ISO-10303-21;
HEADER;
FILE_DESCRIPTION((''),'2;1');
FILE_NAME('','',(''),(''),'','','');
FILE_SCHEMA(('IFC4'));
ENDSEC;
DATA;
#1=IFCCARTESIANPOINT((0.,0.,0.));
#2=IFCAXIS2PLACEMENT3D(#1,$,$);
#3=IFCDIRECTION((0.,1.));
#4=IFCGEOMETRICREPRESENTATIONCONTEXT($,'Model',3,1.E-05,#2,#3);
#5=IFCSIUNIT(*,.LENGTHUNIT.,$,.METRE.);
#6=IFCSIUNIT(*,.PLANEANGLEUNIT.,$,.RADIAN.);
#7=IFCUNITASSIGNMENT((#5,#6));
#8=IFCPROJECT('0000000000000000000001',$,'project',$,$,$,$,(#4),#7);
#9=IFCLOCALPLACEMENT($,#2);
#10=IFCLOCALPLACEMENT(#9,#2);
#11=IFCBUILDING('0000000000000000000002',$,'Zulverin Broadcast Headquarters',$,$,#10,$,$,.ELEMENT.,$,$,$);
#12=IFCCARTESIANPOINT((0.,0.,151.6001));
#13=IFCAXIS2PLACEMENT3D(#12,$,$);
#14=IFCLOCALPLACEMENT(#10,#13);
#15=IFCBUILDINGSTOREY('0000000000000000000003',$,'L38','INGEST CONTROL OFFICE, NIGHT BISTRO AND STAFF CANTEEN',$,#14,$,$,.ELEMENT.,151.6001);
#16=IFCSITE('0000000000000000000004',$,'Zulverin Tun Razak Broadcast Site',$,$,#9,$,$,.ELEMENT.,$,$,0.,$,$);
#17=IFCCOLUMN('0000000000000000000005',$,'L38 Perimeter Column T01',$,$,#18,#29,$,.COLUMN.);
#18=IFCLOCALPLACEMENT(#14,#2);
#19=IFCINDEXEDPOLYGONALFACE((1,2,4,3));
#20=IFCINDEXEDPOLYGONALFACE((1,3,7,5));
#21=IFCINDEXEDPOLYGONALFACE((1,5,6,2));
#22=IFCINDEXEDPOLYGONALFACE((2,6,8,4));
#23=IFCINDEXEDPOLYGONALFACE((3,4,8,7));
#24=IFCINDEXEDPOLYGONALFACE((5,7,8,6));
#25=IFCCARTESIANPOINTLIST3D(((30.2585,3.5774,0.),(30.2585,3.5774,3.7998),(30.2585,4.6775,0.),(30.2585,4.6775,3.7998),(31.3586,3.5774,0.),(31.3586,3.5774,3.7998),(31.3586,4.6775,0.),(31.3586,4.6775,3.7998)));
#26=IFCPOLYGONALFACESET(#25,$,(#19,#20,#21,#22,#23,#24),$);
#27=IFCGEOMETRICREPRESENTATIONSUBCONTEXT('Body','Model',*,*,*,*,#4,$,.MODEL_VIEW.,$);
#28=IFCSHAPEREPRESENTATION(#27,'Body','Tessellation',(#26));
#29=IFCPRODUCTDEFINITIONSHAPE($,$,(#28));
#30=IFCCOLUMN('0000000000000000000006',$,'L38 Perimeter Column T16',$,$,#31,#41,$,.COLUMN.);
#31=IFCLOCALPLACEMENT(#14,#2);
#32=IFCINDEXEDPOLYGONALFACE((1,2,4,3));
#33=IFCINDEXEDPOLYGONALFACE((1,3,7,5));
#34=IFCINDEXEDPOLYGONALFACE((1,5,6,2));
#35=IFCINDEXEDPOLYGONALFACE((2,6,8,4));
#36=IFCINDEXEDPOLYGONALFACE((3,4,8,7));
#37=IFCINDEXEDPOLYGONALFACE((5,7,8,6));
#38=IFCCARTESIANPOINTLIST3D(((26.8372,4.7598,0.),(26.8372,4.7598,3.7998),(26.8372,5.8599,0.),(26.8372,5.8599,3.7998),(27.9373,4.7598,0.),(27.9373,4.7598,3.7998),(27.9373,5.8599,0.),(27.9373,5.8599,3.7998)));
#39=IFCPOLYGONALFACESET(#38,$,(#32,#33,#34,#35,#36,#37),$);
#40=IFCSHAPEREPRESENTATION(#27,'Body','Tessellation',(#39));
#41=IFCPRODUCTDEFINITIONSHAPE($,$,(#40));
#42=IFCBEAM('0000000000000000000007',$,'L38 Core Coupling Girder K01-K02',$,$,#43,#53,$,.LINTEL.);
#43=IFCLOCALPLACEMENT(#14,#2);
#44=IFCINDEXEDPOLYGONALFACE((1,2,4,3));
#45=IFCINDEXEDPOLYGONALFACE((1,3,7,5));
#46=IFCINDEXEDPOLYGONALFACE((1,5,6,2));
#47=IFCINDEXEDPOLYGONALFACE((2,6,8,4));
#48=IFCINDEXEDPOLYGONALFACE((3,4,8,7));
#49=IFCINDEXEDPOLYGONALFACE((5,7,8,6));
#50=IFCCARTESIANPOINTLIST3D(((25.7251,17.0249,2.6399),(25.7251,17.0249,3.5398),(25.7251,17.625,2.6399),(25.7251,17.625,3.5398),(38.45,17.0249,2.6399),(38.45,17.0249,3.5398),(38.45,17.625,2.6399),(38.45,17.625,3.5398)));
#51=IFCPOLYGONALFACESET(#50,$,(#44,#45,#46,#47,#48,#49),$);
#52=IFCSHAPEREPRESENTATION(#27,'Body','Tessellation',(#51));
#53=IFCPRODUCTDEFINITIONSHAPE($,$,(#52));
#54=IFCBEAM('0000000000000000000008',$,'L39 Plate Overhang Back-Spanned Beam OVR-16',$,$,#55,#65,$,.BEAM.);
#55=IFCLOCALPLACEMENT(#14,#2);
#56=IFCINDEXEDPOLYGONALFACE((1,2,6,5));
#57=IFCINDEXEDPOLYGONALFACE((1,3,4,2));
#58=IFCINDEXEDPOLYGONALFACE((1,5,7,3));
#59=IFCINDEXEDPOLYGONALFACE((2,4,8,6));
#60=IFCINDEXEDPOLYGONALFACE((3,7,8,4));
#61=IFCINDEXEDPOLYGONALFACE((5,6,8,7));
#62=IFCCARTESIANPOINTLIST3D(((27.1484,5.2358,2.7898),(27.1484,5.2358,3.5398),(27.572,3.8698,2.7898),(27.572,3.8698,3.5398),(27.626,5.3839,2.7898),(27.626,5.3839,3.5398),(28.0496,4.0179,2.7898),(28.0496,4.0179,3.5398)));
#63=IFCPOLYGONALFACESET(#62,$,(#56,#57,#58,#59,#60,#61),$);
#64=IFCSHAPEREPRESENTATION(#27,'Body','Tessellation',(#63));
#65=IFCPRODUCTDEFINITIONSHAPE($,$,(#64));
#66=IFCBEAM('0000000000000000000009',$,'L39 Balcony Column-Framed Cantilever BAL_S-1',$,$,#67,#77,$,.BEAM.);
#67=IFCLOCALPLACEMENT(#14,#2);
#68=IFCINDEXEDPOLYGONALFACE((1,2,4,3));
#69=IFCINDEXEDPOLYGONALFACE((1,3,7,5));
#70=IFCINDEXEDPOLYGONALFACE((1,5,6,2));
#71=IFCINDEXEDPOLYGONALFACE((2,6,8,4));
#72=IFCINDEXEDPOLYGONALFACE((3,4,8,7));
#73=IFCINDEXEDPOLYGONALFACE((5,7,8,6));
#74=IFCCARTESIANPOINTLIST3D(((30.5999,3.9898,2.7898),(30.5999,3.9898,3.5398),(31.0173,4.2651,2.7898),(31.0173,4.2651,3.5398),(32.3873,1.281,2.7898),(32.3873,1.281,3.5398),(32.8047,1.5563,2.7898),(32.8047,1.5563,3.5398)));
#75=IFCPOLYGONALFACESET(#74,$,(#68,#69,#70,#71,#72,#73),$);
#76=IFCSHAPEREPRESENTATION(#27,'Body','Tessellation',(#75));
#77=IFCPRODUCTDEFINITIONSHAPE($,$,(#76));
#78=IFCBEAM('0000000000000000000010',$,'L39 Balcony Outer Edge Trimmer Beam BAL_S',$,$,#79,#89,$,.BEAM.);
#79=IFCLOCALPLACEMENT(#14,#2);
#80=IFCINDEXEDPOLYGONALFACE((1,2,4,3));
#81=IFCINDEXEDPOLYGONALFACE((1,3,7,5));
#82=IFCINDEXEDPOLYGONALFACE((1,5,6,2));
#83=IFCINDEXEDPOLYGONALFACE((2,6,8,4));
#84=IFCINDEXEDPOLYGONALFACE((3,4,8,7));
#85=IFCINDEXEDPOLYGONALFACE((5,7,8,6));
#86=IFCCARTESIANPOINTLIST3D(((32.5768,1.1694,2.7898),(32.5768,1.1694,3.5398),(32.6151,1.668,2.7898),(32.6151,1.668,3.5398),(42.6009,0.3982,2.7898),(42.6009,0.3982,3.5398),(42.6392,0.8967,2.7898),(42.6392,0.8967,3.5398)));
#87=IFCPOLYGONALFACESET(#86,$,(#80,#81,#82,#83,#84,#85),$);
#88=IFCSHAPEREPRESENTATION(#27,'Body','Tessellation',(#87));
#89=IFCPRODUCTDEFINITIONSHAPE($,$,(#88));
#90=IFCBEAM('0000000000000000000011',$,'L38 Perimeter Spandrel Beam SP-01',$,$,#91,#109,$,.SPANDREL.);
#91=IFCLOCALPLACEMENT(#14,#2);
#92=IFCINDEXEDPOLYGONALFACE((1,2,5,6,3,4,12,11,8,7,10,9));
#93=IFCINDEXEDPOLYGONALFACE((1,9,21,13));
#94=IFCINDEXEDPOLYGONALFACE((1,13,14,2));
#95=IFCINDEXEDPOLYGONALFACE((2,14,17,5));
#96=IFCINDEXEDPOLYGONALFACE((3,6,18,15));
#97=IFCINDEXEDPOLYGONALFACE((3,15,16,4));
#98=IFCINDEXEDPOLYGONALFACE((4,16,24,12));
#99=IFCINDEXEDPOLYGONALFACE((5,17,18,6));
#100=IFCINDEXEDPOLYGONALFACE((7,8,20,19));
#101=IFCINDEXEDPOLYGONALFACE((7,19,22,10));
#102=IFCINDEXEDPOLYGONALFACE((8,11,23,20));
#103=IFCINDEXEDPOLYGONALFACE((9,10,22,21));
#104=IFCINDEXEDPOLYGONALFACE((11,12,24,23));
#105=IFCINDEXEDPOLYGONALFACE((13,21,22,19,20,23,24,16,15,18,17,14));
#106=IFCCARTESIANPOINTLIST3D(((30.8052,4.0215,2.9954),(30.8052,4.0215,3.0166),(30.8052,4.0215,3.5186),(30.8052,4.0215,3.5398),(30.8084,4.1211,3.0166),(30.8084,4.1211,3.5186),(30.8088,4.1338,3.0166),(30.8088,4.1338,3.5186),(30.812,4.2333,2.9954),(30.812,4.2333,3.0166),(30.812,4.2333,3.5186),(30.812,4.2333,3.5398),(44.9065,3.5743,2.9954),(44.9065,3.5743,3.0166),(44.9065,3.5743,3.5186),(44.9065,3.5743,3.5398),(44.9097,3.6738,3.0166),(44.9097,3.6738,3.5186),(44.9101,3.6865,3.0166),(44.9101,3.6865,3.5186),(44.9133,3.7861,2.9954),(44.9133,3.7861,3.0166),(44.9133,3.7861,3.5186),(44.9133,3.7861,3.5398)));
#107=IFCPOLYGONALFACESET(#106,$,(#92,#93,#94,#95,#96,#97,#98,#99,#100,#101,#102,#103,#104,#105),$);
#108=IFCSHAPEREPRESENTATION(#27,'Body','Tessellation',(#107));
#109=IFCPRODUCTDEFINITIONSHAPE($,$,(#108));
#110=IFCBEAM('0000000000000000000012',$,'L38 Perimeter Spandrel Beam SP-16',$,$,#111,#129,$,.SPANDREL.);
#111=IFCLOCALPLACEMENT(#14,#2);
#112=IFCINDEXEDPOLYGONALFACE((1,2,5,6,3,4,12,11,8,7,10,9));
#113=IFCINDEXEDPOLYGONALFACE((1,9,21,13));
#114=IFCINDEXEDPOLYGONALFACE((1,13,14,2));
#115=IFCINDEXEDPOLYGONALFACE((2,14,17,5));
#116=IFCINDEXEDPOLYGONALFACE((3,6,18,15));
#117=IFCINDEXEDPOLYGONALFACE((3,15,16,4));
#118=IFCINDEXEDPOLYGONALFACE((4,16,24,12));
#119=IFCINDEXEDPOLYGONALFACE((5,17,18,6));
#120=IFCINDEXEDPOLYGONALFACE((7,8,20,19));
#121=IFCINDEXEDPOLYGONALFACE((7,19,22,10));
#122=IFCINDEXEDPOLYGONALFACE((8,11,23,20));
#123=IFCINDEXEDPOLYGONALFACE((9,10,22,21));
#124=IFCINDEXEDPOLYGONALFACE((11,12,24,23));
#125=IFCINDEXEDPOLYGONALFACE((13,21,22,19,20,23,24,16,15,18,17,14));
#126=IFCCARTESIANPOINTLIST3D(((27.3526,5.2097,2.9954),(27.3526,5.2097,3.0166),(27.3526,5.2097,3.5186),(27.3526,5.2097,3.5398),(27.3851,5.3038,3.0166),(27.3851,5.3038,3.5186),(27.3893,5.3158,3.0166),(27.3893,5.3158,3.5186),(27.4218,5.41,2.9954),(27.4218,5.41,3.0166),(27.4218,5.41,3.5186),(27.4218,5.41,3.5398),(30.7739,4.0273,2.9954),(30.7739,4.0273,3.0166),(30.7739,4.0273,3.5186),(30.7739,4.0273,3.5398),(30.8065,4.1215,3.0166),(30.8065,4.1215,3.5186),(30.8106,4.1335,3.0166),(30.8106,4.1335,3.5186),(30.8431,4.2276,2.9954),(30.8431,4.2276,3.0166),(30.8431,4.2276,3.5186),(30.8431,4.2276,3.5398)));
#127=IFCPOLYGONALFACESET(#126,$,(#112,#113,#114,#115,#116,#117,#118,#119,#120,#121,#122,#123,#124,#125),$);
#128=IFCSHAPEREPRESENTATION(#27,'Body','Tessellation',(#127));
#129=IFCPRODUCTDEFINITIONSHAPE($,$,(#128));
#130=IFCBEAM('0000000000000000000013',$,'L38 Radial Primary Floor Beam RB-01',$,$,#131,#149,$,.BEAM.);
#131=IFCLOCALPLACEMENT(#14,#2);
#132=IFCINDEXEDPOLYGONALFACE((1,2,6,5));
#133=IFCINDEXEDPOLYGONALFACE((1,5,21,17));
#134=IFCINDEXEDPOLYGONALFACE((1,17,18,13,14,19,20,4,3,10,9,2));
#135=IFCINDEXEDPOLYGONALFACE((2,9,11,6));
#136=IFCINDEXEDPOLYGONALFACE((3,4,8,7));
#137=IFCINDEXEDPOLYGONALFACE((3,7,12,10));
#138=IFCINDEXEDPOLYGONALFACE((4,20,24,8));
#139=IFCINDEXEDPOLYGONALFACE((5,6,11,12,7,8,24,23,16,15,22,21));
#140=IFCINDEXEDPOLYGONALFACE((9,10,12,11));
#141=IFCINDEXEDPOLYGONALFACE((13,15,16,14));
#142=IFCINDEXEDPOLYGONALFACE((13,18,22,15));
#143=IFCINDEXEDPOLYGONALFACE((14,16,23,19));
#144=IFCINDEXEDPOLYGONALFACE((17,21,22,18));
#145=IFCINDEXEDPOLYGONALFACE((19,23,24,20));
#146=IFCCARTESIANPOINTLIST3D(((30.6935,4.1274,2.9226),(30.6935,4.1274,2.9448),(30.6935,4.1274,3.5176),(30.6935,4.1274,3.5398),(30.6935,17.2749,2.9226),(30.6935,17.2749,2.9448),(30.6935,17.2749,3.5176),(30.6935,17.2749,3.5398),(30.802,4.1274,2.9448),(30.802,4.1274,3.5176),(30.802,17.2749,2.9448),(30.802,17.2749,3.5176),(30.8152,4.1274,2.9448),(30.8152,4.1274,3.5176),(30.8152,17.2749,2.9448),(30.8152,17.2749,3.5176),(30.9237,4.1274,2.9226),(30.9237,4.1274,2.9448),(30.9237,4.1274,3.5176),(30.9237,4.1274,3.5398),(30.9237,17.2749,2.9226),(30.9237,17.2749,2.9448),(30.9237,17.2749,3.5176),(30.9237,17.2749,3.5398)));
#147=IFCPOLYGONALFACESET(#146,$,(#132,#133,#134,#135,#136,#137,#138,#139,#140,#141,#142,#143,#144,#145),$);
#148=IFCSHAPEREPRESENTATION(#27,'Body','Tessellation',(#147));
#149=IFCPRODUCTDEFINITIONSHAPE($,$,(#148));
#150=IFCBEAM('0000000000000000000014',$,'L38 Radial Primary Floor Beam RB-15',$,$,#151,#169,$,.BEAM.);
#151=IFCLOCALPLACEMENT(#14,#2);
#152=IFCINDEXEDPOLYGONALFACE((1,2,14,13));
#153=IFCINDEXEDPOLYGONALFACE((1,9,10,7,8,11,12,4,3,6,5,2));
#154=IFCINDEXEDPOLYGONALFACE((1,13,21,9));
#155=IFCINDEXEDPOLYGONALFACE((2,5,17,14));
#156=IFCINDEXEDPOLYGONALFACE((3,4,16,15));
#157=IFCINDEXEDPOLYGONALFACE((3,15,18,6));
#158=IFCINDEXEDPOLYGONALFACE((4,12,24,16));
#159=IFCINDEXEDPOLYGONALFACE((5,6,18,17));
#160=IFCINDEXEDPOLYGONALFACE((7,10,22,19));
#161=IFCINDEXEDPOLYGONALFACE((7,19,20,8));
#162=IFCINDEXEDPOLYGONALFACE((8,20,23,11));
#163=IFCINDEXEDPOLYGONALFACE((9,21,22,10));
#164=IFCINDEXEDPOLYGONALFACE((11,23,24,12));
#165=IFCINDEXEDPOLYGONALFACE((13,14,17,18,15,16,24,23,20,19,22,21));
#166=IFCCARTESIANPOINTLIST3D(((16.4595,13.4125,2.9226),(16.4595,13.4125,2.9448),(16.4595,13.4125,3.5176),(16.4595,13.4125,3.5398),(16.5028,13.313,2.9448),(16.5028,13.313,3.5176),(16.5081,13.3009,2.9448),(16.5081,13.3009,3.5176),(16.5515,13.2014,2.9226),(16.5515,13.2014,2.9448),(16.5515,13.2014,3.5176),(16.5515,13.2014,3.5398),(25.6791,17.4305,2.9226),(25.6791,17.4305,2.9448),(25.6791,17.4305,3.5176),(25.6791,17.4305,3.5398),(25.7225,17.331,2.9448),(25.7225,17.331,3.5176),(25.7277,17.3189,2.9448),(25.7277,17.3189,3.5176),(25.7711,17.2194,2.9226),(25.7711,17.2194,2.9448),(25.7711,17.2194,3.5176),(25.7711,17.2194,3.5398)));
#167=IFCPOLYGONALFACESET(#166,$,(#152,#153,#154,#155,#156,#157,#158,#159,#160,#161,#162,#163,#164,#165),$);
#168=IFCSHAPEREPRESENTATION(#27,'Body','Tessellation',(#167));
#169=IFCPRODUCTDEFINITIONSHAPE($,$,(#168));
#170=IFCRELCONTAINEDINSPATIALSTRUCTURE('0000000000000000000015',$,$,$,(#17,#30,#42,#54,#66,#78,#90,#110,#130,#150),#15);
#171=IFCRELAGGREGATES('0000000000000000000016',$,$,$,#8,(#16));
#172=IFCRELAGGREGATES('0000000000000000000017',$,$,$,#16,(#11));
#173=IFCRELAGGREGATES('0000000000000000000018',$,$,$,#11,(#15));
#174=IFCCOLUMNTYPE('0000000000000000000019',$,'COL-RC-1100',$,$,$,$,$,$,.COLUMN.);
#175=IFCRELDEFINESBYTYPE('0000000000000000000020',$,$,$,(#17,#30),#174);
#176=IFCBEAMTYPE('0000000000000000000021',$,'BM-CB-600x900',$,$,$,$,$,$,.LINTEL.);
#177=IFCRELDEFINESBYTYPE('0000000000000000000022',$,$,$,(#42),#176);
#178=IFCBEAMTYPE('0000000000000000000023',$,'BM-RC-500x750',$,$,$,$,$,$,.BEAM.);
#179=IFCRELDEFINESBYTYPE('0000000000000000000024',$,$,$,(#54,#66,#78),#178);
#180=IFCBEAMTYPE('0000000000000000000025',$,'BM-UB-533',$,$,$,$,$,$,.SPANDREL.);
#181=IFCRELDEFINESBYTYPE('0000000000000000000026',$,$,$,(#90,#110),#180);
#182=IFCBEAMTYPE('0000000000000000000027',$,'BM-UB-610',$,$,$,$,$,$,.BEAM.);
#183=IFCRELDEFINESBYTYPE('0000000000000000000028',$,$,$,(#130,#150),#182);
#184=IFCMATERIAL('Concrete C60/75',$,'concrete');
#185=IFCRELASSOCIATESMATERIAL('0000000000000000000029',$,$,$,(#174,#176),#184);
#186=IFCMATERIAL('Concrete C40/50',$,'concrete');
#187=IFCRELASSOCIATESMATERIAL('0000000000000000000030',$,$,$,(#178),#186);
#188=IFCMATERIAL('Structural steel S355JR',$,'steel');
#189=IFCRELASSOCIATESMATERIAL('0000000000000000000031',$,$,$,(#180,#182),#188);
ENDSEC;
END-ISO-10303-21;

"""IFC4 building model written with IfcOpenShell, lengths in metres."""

from ifc_helpers import new_model, si_unit, direction, frame, origin, origin_2d, place, context, subcontext, project, spatial, rectangle, i_section, extrude, material, material_profile, profile_set, type_object, element, save


model = new_model("IFC4")

# Units and contexts
model_context = context("Model", 3, precision=1e-05, world=origin(), true_north=direction((0.0, 1.0)))
body_context = subcontext(model_context, "Body", "Model", "MODEL_VIEW")
ifc_project = project(units=[si_unit("LENGTHUNIT", "METRE"), si_unit("PLANEANGLEUNIT", "RADIAN")], contexts=[model_context])

# Site, building, storey
site_placement = place(None, origin())
site = spatial("IfcSite", under=ifc_project, at=site_placement, Name="Zulverin Tun Razak Broadcast Site", CompositionType="ELEMENT", RefElevation=0.0)
building_placement = place(site_placement, origin())
building = spatial("IfcBuilding", under=site, at=building_placement, Name="Zulverin Broadcast Headquarters", CompositionType="ELEMENT")
storey_placement = place(building_placement, frame((0.0, 0.0, 151.6001)))
storey = spatial("IfcBuildingStorey", under=building, at=storey_placement, Name="L38", Description="INGEST CONTROL OFFICE, NIGHT BISTRO AND STAFF CANTEEN", CompositionType="ELEMENT", Elevation=151.6001)

# Columns
ifc_material_1 = material(Name="Concrete C60/75", Category="concrete")
ifc_material_profile_1 = material_profile(ifc_material_1, rectangle(XDim=1.1001, YDim=1.1001, at=origin_2d()), Name="Concrete C60/75", Category="concrete")
ifc_profile_set_1 = profile_set([ifc_material_profile_1], Name="Concrete C60/75")
column_type = type_object("IfcColumnType", Name="COL-RC-1100", PredefinedType="COLUMN", material=ifc_profile_set_1)
for number, where, z_axis, x_axis, name in (
    (1, (30.8086, 4.1274, 0.0), (0.0, 0.0, 1.0), (1.0, 0.0, 0.0), "L38 Perimeter Column T01"),
    (2, (27.3872, 5.3098, 0.0), (0.0, 0.0, 1.0), (1.0, 0.0, 0.0), "L38 Perimeter Column T16"),
):
    element("IfcColumn", number, at=place(storey_placement, frame(where, z_axis=z_axis, x_axis=x_axis)), inside=storey, type_object=column_type, Name=name, PredefinedType="COLUMN", context=body_context, shape_type="SweptSolid", body=[
        extrude(rectangle(XDim=1.1001, YDim=1.1001, at=origin_2d()), origin(), (0.0, 0.0, 1.0), 3.7998),
    ])

# Beams
ifc_material_profile_2 = material_profile(ifc_material_1, rectangle(XDim=0.6001, YDim=0.8999, at=origin_2d()), Name="Concrete C60/75", Category="concrete")
ifc_profile_set_2 = profile_set([ifc_material_profile_2], Name="Concrete C60/75")
beam_type_1 = type_object("IfcBeamType", Name="BM-CB-600x900", PredefinedType="LINTEL", material=ifc_profile_set_2)
beam_1_placement = place(storey_placement, frame((25.7251, 17.325, 3.0898), z_axis=(1.0, 0.0, 0.0), x_axis=(0.0, 1.0, 0.0)))
element("IfcBeam", 3, at=beam_1_placement, inside=storey, type_object=beam_type_1, Name="L38 Core Coupling Girder K01-K02", PredefinedType="LINTEL", context=body_context, shape_type="SweptSolid", body=[
    extrude(rectangle(XDim=0.6001, YDim=0.8999, at=origin_2d()), origin(), (0.0, 0.0, 1.0), 12.7249),
])
ifc_material_2 = material(Name="Concrete C40/50", Category="concrete")
ifc_material_profile_3 = material_profile(ifc_material_2, rectangle(XDim=0.5, YDim=0.75, at=origin_2d()), Name="Concrete C40/50", Category="concrete")
ifc_profile_set_3 = profile_set([ifc_material_profile_3], Name="Concrete C40/50")
beam_type_2 = type_object("IfcBeamType", Name="BM-RC-500x750", PredefinedType="BEAM", material=ifc_profile_set_3)
beam_2_placement = place(storey_placement, frame((27.3872, 5.3098, 3.1648), z_axis=(0.296184, -0.955131, 0.0), x_axis=(0.955131, 0.296184, 0.0)))
element("IfcBeam", 4, at=beam_2_placement, inside=storey, type_object=beam_type_2, Name="L39 Plate Overhang Back-Spanned Beam OVR-16", PredefinedType="BEAM", context=body_context, shape_type="SweptSolid", body=[
    extrude(rectangle(XDim=0.5, YDim=0.75, at=origin_2d()), origin(), (0.0, 0.0, 1.0), 1.4302),
])
beam_3_placement = place(storey_placement, frame((30.8086, 4.1274, 3.1648), z_axis=(0.550753, -0.834668, 0.0), x_axis=(0.834668, 0.550753, 0.0)))
element("IfcBeam", 5, at=beam_3_placement, inside=storey, type_object=beam_type_2, Name="L39 Balcony Column-Framed Cantilever BAL_S-1", PredefinedType="BEAM", context=body_context, shape_type="SweptSolid", body=[
    extrude(rectangle(XDim=0.5, YDim=0.75, at=origin_2d()), origin(), (0.0, 0.0, 1.0), 3.2454),
])
beam_4_placement = place(storey_placement, frame((32.5959, 1.4187, 3.1648), z_axis=(0.997053, -0.076711, 0.0), x_axis=(0.076711, 0.997053, 0.0)))
element("IfcBeam", 6, at=beam_4_placement, inside=storey, type_object=beam_type_2, Name="L39 Balcony Outer Edge Trimmer Beam BAL_S", PredefinedType="BEAM", context=body_context, shape_type="SweptSolid", body=[
    extrude(rectangle(XDim=0.5, YDim=0.75, at=origin_2d()), origin(), (0.0, 0.0, 1.0), 10.0537),
])
ifc_material_3 = material(Name="Structural steel S355JR", Category="steel")
ifc_material_profile_4 = material_profile(ifc_material_3, i_section(OverallWidth=0.2119, OverallDepth=0.5444, WebThickness=0.0127, FlangeThickness=0.0212, at=origin_2d()), Name="Structural steel S355JR", Category="steel")
ifc_profile_set_4 = profile_set([ifc_material_profile_4], Name="Structural steel S355JR")
beam_type_3 = type_object("IfcBeamType", Name="BM-UB-533", PredefinedType="SPANDREL", material=ifc_profile_set_4)
beam_5_placement = place(storey_placement, frame((30.8086, 4.1274, 3.2676), z_axis=(0.999497, -0.031702, 0.0), x_axis=(0.031702, 0.999497, 0.0)))
element("IfcBeam", 7, at=beam_5_placement, inside=storey, type_object=beam_type_3, Name="L38 Perimeter Spandrel Beam SP-01", PredefinedType="SPANDREL", context=body_context, shape_type="SweptSolid", body=[
    extrude(i_section(OverallWidth=0.2119, OverallDepth=0.5444, WebThickness=0.0127, FlangeThickness=0.0212, at=origin_2d()), origin(), (0.0, 0.0, 1.0), 14.1084),
])
beam_6_placement = place(storey_placement, frame((27.3872, 5.3098, 3.2676), z_axis=(0.945153, -0.326629, 0.0), x_axis=(0.326629, 0.945153, 0.0)))
element("IfcBeam", 8, at=beam_6_placement, inside=storey, type_object=beam_type_3, Name="L38 Perimeter Spandrel Beam SP-16", PredefinedType="SPANDREL", context=body_context, shape_type="SweptSolid", body=[
    extrude(i_section(OverallWidth=0.2119, OverallDepth=0.5444, WebThickness=0.0127, FlangeThickness=0.0212, at=origin_2d()), origin(), (0.0, 0.0, 1.0), 3.6199),
])
ifc_material_profile_5 = material_profile(ifc_material_3, i_section(OverallWidth=0.2302, OverallDepth=0.6172, WebThickness=0.0132, FlangeThickness=0.0222, at=origin_2d()), Name="Structural steel S355JR", Category="steel")
ifc_profile_set_5 = profile_set([ifc_material_profile_5], Name="Structural steel S355JR")
beam_type_4 = type_object("IfcBeamType", Name="BM-UB-610", PredefinedType="BEAM", material=ifc_profile_set_5)
beam_7_placement = place(storey_placement, frame((30.8086, 17.2749, 3.2312), z_axis=(0.0, -1.0, 0.0), x_axis=(1.0, 0.0, 0.0)))
element("IfcBeam", 9, at=beam_7_placement, inside=storey, type_object=beam_type_4, Name="L38 Radial Primary Floor Beam RB-01", PredefinedType="BEAM", context=body_context, shape_type="SweptSolid", body=[
    extrude(i_section(OverallWidth=0.2302, OverallDepth=0.6172, WebThickness=0.0132, FlangeThickness=0.0222, at=origin_2d()), origin(), (0.0, 0.0, 1.0), 13.1475),
])
beam_8_placement = place(storey_placement, frame((25.7251, 17.325, 3.2312), z_axis=(-0.916725, -0.39952, 0.0), x_axis=(0.39952, -0.916725, 0.0)))
element("IfcBeam", 10, at=beam_8_placement, inside=storey, type_object=beam_type_4, Name="L38 Radial Primary Floor Beam RB-15", PredefinedType="BEAM", context=body_context, shape_type="SweptSolid", body=[
    extrude(i_section(OverallWidth=0.2302, OverallDepth=0.6172, WebThickness=0.0132, FlangeThickness=0.0222, at=origin_2d()), origin(), (0.0, 0.0, 1.0), 10.0571),
])

save(model, "model.ifc")
